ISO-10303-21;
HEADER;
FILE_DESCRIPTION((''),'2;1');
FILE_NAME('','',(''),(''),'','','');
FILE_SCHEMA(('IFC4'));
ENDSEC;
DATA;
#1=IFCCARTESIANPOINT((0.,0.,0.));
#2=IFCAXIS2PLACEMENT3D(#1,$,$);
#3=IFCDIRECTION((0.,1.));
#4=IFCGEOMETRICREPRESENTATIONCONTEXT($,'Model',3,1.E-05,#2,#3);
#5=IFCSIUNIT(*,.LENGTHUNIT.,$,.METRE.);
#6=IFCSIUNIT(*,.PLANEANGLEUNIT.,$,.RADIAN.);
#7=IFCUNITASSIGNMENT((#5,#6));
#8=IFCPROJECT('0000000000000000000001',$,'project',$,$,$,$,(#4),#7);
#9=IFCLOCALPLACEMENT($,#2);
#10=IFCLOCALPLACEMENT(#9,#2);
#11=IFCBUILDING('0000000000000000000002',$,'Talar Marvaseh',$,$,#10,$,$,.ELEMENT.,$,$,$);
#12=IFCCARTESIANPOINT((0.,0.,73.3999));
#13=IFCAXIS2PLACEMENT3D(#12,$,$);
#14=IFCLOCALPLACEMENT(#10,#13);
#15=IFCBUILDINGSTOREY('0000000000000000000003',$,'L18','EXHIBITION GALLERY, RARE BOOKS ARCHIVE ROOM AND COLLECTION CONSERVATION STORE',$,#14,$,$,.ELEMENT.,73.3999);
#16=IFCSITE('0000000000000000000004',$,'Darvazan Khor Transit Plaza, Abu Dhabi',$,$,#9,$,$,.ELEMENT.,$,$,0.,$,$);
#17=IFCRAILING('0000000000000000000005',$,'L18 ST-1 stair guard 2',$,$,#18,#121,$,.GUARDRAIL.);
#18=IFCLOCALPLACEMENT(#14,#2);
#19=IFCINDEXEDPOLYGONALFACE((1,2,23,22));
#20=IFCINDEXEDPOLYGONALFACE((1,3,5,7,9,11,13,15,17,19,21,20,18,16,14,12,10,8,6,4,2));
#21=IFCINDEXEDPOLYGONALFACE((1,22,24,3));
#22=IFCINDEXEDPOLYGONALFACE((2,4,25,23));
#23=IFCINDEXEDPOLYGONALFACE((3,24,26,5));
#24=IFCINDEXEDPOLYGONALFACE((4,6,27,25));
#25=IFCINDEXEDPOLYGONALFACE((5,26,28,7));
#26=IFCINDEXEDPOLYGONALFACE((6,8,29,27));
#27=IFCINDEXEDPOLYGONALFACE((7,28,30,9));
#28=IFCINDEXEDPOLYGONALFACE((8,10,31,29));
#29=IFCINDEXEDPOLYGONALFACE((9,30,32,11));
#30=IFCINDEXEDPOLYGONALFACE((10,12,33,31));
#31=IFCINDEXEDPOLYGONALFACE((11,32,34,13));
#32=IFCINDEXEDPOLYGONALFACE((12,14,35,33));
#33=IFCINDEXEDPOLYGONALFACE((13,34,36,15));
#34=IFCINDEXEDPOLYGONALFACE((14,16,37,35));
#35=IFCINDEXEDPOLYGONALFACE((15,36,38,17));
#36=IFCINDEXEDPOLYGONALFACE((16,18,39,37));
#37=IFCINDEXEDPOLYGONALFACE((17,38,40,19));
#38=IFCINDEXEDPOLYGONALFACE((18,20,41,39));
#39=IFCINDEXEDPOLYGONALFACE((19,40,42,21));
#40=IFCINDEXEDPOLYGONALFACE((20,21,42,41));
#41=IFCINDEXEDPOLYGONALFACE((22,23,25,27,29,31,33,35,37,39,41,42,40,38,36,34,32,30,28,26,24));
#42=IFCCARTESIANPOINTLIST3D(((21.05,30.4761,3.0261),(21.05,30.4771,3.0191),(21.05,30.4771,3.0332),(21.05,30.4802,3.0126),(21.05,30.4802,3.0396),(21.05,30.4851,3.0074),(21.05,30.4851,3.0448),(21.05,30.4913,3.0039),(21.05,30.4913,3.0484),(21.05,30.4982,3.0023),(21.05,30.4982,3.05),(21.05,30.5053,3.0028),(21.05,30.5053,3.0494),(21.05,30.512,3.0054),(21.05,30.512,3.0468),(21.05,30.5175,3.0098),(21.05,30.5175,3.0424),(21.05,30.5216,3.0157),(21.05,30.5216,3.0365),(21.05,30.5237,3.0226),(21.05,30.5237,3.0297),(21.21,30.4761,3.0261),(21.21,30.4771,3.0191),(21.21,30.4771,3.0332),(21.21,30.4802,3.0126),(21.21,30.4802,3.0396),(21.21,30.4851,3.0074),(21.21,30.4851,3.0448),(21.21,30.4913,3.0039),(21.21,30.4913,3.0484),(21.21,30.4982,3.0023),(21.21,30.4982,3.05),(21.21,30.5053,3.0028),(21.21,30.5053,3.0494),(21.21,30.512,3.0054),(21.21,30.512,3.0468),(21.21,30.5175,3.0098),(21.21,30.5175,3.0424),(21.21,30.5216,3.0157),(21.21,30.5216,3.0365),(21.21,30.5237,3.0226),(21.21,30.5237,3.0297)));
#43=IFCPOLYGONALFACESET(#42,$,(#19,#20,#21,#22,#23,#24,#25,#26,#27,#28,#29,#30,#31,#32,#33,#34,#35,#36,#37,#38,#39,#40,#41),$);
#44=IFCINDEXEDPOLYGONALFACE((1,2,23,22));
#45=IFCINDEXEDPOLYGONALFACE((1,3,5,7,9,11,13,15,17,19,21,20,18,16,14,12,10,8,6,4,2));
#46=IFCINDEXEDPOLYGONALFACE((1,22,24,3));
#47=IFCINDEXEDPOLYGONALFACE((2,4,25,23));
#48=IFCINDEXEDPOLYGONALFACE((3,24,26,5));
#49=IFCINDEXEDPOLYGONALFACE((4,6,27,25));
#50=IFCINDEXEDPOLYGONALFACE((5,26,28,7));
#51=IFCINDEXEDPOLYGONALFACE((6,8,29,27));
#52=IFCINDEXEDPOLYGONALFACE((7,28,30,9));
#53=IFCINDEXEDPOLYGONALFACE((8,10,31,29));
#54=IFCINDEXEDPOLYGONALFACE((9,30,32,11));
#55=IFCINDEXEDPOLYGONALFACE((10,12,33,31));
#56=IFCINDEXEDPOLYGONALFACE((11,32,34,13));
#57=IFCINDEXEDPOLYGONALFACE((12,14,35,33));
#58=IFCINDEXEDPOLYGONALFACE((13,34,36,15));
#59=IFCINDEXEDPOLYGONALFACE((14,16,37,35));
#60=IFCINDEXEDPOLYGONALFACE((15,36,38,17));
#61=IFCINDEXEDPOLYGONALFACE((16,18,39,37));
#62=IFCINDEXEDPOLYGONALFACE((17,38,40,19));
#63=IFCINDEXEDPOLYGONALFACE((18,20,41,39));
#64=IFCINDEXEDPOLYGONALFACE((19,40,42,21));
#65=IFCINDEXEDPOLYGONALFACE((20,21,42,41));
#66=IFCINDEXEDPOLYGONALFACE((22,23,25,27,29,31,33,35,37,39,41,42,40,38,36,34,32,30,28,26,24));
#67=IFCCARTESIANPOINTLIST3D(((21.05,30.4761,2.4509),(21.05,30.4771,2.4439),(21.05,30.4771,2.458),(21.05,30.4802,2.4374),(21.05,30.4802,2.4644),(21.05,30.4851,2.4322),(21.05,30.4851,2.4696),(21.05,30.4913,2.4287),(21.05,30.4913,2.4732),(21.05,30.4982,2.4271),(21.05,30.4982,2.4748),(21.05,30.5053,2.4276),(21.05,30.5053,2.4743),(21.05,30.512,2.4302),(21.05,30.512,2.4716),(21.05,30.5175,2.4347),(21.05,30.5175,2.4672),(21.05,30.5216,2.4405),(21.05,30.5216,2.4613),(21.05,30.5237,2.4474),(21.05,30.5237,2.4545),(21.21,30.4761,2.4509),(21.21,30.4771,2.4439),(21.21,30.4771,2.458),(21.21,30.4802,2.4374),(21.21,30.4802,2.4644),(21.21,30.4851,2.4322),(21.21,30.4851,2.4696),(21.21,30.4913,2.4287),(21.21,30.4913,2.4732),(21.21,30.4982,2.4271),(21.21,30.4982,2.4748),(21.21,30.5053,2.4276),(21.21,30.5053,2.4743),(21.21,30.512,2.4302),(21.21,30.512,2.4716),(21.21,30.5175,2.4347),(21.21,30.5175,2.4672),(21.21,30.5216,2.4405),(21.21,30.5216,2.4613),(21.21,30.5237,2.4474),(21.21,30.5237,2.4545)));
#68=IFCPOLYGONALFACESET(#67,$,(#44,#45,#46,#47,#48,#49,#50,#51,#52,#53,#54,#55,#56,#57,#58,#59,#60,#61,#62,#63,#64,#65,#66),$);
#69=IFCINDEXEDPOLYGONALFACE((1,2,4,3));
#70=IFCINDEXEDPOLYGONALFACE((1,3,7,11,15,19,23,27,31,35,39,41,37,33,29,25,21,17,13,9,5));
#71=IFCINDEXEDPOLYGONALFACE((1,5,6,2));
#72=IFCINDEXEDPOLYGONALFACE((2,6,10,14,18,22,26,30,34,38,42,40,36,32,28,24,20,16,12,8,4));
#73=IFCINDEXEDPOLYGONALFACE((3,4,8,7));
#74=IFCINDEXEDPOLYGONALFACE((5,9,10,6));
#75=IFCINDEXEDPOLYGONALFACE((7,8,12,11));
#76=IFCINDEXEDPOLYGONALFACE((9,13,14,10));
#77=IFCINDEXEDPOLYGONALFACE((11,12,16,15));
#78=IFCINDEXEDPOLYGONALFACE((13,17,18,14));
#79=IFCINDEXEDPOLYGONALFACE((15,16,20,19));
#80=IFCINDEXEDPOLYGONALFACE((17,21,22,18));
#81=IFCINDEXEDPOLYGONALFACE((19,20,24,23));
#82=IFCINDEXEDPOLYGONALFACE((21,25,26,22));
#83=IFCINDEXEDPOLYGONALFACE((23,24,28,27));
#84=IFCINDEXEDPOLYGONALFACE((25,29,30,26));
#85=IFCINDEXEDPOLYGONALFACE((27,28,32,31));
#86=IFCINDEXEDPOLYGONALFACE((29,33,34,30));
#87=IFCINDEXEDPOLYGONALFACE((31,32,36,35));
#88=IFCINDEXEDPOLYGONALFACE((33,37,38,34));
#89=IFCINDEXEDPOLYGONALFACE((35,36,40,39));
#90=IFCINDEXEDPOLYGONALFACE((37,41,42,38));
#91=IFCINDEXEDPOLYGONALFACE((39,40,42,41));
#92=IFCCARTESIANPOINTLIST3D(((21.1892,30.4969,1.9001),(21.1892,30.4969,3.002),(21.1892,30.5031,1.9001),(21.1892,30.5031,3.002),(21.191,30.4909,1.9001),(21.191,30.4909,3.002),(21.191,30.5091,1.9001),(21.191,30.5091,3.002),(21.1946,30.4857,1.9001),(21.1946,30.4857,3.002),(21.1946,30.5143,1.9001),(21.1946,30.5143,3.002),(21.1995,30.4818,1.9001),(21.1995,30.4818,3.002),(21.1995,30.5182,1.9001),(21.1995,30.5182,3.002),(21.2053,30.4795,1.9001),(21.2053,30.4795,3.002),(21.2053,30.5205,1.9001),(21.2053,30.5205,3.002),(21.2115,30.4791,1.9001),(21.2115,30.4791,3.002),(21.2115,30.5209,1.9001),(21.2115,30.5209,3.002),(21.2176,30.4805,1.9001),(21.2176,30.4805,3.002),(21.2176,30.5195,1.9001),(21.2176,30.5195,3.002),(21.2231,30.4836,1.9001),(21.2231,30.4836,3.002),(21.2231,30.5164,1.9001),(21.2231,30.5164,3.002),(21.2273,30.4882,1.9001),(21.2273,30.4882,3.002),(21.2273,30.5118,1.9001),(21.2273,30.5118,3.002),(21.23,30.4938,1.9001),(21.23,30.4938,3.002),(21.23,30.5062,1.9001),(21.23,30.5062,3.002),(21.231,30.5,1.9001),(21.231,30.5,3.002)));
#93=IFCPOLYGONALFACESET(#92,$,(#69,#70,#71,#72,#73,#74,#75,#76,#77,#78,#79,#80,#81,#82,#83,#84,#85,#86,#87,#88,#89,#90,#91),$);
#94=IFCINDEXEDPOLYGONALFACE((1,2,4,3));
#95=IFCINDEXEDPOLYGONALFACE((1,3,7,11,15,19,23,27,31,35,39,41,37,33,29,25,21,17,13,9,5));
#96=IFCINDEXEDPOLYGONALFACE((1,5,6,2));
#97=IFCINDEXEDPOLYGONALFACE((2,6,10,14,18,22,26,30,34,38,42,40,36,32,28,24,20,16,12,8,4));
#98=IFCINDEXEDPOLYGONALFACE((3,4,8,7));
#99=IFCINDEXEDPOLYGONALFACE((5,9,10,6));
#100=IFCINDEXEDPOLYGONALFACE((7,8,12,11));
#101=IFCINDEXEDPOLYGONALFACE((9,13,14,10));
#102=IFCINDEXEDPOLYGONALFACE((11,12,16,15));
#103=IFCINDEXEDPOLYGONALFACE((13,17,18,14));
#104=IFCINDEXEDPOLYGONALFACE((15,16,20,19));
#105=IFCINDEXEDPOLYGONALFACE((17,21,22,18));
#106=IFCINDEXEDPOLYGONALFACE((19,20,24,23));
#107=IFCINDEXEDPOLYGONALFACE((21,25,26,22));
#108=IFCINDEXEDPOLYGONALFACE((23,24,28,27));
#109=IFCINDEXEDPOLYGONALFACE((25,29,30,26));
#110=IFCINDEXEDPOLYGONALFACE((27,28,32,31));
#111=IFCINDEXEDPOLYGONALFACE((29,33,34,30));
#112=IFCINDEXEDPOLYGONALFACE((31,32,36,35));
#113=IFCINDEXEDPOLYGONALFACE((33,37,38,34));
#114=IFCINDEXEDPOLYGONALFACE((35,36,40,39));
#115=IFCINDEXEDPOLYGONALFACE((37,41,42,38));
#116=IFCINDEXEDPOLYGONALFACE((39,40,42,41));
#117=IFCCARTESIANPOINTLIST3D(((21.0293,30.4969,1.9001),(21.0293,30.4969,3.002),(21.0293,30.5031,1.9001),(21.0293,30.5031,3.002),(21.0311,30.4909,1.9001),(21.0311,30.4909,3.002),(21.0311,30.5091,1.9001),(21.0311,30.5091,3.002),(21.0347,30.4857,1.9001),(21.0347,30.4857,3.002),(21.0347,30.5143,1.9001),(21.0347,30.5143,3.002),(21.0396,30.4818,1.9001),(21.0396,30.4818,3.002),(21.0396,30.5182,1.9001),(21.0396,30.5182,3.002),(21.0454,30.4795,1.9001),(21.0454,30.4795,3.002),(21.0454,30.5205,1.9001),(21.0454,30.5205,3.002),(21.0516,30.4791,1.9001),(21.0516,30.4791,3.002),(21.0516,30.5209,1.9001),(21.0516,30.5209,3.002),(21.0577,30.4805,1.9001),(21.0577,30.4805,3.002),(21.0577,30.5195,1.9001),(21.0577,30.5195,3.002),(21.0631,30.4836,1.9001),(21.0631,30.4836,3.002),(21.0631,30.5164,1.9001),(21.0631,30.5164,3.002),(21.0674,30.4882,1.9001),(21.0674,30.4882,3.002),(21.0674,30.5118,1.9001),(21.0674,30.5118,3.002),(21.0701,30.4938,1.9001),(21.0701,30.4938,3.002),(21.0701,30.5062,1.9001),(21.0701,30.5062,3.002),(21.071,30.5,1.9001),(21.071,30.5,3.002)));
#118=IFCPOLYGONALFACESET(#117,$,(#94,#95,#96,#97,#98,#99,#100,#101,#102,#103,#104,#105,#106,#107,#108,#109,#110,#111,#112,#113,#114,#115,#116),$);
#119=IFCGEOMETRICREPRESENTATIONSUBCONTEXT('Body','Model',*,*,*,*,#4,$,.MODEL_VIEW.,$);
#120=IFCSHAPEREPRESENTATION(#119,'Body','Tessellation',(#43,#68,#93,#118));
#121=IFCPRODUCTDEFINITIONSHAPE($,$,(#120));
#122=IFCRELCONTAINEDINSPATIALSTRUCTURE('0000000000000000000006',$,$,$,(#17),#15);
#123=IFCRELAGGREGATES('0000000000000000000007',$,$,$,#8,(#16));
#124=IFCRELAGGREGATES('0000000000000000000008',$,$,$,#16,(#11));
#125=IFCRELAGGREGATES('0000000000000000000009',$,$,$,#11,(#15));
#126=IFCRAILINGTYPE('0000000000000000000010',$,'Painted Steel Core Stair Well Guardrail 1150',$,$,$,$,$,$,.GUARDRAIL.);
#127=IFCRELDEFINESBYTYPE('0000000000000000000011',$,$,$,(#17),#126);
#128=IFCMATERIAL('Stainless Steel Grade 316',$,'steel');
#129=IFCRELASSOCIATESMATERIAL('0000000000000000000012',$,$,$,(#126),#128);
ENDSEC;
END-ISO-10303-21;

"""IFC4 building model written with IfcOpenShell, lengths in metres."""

from ifc_helpers import new_model, si_unit, direction, frame, origin, origin_2d, place, context, subcontext, project, spatial, circle, extrude, material, type_object, element, save


model = new_model("IFC4")

# Units and contexts
model_context = context("Model", 3, precision=1e-05, world=origin(), true_north=direction((0.0, 1.0)))
body_context = subcontext(model_context, "Body", "Model", "MODEL_VIEW")
ifc_project = project(units=[si_unit("LENGTHUNIT", "METRE"), si_unit("PLANEANGLEUNIT", "RADIAN")], contexts=[model_context])

# Site, building, storey
site_placement = place(None, origin())
site = spatial("IfcSite", under=ifc_project, at=site_placement, Name="Darvazan Khor Transit Plaza, Abu Dhabi", CompositionType="ELEMENT", RefElevation=0.0)
building_placement = place(site_placement, origin())
building = spatial("IfcBuilding", under=site, at=building_placement, Name="Talar Marvaseh", CompositionType="ELEMENT")
storey_placement = place(building_placement, frame((0.0, 0.0, 73.3999)))
storey = spatial("IfcBuildingStorey", under=building, at=storey_placement, Name="L18", Description="EXHIBITION GALLERY, RARE BOOKS ARCHIVE ROOM AND COLLECTION CONSERVATION STORE", CompositionType="ELEMENT", Elevation=73.3999)

# Railing
ifc_material_1 = material(Name="Stainless Steel Grade 316", Category="steel")
railing_type_1 = type_object("IfcRailingType", Name="Painted Steel Core Stair Well Guardrail 1150", PredefinedType="GUARDRAIL", material=ifc_material_1)
railing_1_placement = place(storey_placement, frame((21.21, 30.5, 1.9001)))
element("IfcRailing", 1, at=railing_1_placement, inside=storey, type_object=railing_type_1, Name="L18 ST-1 stair guard 2", PredefinedType="GUARDRAIL", context=body_context, shape_type="SweptSolid", body=[
    extrude(circle(Radius=0.0239, at=origin_2d()), frame((0.0, 0.0, 1.126), z_axis=(-1.0, 0.0, 0.0), x_axis=(0.0, -1.0, 0.0)), (0.0, 0.0, 1.0), 0.1599),
    extrude(circle(Radius=0.0239, at=origin_2d()), frame((0.0, 0.0, 0.5508), z_axis=(-1.0, 0.0, 0.0), x_axis=(0.0, -1.0, 0.0)), (0.0, 0.0, 1.0), 0.1599),
    extrude(circle(Radius=0.021, at=origin_2d()), origin(), (0.0, 0.0, 1.0), 1.1018),
    extrude(circle(Radius=0.021, at=origin_2d()), frame((-0.1599, 0.0, 0.0)), (0.0, 0.0, 1.0), 1.1018),
])

save(model, "model.ifc")
